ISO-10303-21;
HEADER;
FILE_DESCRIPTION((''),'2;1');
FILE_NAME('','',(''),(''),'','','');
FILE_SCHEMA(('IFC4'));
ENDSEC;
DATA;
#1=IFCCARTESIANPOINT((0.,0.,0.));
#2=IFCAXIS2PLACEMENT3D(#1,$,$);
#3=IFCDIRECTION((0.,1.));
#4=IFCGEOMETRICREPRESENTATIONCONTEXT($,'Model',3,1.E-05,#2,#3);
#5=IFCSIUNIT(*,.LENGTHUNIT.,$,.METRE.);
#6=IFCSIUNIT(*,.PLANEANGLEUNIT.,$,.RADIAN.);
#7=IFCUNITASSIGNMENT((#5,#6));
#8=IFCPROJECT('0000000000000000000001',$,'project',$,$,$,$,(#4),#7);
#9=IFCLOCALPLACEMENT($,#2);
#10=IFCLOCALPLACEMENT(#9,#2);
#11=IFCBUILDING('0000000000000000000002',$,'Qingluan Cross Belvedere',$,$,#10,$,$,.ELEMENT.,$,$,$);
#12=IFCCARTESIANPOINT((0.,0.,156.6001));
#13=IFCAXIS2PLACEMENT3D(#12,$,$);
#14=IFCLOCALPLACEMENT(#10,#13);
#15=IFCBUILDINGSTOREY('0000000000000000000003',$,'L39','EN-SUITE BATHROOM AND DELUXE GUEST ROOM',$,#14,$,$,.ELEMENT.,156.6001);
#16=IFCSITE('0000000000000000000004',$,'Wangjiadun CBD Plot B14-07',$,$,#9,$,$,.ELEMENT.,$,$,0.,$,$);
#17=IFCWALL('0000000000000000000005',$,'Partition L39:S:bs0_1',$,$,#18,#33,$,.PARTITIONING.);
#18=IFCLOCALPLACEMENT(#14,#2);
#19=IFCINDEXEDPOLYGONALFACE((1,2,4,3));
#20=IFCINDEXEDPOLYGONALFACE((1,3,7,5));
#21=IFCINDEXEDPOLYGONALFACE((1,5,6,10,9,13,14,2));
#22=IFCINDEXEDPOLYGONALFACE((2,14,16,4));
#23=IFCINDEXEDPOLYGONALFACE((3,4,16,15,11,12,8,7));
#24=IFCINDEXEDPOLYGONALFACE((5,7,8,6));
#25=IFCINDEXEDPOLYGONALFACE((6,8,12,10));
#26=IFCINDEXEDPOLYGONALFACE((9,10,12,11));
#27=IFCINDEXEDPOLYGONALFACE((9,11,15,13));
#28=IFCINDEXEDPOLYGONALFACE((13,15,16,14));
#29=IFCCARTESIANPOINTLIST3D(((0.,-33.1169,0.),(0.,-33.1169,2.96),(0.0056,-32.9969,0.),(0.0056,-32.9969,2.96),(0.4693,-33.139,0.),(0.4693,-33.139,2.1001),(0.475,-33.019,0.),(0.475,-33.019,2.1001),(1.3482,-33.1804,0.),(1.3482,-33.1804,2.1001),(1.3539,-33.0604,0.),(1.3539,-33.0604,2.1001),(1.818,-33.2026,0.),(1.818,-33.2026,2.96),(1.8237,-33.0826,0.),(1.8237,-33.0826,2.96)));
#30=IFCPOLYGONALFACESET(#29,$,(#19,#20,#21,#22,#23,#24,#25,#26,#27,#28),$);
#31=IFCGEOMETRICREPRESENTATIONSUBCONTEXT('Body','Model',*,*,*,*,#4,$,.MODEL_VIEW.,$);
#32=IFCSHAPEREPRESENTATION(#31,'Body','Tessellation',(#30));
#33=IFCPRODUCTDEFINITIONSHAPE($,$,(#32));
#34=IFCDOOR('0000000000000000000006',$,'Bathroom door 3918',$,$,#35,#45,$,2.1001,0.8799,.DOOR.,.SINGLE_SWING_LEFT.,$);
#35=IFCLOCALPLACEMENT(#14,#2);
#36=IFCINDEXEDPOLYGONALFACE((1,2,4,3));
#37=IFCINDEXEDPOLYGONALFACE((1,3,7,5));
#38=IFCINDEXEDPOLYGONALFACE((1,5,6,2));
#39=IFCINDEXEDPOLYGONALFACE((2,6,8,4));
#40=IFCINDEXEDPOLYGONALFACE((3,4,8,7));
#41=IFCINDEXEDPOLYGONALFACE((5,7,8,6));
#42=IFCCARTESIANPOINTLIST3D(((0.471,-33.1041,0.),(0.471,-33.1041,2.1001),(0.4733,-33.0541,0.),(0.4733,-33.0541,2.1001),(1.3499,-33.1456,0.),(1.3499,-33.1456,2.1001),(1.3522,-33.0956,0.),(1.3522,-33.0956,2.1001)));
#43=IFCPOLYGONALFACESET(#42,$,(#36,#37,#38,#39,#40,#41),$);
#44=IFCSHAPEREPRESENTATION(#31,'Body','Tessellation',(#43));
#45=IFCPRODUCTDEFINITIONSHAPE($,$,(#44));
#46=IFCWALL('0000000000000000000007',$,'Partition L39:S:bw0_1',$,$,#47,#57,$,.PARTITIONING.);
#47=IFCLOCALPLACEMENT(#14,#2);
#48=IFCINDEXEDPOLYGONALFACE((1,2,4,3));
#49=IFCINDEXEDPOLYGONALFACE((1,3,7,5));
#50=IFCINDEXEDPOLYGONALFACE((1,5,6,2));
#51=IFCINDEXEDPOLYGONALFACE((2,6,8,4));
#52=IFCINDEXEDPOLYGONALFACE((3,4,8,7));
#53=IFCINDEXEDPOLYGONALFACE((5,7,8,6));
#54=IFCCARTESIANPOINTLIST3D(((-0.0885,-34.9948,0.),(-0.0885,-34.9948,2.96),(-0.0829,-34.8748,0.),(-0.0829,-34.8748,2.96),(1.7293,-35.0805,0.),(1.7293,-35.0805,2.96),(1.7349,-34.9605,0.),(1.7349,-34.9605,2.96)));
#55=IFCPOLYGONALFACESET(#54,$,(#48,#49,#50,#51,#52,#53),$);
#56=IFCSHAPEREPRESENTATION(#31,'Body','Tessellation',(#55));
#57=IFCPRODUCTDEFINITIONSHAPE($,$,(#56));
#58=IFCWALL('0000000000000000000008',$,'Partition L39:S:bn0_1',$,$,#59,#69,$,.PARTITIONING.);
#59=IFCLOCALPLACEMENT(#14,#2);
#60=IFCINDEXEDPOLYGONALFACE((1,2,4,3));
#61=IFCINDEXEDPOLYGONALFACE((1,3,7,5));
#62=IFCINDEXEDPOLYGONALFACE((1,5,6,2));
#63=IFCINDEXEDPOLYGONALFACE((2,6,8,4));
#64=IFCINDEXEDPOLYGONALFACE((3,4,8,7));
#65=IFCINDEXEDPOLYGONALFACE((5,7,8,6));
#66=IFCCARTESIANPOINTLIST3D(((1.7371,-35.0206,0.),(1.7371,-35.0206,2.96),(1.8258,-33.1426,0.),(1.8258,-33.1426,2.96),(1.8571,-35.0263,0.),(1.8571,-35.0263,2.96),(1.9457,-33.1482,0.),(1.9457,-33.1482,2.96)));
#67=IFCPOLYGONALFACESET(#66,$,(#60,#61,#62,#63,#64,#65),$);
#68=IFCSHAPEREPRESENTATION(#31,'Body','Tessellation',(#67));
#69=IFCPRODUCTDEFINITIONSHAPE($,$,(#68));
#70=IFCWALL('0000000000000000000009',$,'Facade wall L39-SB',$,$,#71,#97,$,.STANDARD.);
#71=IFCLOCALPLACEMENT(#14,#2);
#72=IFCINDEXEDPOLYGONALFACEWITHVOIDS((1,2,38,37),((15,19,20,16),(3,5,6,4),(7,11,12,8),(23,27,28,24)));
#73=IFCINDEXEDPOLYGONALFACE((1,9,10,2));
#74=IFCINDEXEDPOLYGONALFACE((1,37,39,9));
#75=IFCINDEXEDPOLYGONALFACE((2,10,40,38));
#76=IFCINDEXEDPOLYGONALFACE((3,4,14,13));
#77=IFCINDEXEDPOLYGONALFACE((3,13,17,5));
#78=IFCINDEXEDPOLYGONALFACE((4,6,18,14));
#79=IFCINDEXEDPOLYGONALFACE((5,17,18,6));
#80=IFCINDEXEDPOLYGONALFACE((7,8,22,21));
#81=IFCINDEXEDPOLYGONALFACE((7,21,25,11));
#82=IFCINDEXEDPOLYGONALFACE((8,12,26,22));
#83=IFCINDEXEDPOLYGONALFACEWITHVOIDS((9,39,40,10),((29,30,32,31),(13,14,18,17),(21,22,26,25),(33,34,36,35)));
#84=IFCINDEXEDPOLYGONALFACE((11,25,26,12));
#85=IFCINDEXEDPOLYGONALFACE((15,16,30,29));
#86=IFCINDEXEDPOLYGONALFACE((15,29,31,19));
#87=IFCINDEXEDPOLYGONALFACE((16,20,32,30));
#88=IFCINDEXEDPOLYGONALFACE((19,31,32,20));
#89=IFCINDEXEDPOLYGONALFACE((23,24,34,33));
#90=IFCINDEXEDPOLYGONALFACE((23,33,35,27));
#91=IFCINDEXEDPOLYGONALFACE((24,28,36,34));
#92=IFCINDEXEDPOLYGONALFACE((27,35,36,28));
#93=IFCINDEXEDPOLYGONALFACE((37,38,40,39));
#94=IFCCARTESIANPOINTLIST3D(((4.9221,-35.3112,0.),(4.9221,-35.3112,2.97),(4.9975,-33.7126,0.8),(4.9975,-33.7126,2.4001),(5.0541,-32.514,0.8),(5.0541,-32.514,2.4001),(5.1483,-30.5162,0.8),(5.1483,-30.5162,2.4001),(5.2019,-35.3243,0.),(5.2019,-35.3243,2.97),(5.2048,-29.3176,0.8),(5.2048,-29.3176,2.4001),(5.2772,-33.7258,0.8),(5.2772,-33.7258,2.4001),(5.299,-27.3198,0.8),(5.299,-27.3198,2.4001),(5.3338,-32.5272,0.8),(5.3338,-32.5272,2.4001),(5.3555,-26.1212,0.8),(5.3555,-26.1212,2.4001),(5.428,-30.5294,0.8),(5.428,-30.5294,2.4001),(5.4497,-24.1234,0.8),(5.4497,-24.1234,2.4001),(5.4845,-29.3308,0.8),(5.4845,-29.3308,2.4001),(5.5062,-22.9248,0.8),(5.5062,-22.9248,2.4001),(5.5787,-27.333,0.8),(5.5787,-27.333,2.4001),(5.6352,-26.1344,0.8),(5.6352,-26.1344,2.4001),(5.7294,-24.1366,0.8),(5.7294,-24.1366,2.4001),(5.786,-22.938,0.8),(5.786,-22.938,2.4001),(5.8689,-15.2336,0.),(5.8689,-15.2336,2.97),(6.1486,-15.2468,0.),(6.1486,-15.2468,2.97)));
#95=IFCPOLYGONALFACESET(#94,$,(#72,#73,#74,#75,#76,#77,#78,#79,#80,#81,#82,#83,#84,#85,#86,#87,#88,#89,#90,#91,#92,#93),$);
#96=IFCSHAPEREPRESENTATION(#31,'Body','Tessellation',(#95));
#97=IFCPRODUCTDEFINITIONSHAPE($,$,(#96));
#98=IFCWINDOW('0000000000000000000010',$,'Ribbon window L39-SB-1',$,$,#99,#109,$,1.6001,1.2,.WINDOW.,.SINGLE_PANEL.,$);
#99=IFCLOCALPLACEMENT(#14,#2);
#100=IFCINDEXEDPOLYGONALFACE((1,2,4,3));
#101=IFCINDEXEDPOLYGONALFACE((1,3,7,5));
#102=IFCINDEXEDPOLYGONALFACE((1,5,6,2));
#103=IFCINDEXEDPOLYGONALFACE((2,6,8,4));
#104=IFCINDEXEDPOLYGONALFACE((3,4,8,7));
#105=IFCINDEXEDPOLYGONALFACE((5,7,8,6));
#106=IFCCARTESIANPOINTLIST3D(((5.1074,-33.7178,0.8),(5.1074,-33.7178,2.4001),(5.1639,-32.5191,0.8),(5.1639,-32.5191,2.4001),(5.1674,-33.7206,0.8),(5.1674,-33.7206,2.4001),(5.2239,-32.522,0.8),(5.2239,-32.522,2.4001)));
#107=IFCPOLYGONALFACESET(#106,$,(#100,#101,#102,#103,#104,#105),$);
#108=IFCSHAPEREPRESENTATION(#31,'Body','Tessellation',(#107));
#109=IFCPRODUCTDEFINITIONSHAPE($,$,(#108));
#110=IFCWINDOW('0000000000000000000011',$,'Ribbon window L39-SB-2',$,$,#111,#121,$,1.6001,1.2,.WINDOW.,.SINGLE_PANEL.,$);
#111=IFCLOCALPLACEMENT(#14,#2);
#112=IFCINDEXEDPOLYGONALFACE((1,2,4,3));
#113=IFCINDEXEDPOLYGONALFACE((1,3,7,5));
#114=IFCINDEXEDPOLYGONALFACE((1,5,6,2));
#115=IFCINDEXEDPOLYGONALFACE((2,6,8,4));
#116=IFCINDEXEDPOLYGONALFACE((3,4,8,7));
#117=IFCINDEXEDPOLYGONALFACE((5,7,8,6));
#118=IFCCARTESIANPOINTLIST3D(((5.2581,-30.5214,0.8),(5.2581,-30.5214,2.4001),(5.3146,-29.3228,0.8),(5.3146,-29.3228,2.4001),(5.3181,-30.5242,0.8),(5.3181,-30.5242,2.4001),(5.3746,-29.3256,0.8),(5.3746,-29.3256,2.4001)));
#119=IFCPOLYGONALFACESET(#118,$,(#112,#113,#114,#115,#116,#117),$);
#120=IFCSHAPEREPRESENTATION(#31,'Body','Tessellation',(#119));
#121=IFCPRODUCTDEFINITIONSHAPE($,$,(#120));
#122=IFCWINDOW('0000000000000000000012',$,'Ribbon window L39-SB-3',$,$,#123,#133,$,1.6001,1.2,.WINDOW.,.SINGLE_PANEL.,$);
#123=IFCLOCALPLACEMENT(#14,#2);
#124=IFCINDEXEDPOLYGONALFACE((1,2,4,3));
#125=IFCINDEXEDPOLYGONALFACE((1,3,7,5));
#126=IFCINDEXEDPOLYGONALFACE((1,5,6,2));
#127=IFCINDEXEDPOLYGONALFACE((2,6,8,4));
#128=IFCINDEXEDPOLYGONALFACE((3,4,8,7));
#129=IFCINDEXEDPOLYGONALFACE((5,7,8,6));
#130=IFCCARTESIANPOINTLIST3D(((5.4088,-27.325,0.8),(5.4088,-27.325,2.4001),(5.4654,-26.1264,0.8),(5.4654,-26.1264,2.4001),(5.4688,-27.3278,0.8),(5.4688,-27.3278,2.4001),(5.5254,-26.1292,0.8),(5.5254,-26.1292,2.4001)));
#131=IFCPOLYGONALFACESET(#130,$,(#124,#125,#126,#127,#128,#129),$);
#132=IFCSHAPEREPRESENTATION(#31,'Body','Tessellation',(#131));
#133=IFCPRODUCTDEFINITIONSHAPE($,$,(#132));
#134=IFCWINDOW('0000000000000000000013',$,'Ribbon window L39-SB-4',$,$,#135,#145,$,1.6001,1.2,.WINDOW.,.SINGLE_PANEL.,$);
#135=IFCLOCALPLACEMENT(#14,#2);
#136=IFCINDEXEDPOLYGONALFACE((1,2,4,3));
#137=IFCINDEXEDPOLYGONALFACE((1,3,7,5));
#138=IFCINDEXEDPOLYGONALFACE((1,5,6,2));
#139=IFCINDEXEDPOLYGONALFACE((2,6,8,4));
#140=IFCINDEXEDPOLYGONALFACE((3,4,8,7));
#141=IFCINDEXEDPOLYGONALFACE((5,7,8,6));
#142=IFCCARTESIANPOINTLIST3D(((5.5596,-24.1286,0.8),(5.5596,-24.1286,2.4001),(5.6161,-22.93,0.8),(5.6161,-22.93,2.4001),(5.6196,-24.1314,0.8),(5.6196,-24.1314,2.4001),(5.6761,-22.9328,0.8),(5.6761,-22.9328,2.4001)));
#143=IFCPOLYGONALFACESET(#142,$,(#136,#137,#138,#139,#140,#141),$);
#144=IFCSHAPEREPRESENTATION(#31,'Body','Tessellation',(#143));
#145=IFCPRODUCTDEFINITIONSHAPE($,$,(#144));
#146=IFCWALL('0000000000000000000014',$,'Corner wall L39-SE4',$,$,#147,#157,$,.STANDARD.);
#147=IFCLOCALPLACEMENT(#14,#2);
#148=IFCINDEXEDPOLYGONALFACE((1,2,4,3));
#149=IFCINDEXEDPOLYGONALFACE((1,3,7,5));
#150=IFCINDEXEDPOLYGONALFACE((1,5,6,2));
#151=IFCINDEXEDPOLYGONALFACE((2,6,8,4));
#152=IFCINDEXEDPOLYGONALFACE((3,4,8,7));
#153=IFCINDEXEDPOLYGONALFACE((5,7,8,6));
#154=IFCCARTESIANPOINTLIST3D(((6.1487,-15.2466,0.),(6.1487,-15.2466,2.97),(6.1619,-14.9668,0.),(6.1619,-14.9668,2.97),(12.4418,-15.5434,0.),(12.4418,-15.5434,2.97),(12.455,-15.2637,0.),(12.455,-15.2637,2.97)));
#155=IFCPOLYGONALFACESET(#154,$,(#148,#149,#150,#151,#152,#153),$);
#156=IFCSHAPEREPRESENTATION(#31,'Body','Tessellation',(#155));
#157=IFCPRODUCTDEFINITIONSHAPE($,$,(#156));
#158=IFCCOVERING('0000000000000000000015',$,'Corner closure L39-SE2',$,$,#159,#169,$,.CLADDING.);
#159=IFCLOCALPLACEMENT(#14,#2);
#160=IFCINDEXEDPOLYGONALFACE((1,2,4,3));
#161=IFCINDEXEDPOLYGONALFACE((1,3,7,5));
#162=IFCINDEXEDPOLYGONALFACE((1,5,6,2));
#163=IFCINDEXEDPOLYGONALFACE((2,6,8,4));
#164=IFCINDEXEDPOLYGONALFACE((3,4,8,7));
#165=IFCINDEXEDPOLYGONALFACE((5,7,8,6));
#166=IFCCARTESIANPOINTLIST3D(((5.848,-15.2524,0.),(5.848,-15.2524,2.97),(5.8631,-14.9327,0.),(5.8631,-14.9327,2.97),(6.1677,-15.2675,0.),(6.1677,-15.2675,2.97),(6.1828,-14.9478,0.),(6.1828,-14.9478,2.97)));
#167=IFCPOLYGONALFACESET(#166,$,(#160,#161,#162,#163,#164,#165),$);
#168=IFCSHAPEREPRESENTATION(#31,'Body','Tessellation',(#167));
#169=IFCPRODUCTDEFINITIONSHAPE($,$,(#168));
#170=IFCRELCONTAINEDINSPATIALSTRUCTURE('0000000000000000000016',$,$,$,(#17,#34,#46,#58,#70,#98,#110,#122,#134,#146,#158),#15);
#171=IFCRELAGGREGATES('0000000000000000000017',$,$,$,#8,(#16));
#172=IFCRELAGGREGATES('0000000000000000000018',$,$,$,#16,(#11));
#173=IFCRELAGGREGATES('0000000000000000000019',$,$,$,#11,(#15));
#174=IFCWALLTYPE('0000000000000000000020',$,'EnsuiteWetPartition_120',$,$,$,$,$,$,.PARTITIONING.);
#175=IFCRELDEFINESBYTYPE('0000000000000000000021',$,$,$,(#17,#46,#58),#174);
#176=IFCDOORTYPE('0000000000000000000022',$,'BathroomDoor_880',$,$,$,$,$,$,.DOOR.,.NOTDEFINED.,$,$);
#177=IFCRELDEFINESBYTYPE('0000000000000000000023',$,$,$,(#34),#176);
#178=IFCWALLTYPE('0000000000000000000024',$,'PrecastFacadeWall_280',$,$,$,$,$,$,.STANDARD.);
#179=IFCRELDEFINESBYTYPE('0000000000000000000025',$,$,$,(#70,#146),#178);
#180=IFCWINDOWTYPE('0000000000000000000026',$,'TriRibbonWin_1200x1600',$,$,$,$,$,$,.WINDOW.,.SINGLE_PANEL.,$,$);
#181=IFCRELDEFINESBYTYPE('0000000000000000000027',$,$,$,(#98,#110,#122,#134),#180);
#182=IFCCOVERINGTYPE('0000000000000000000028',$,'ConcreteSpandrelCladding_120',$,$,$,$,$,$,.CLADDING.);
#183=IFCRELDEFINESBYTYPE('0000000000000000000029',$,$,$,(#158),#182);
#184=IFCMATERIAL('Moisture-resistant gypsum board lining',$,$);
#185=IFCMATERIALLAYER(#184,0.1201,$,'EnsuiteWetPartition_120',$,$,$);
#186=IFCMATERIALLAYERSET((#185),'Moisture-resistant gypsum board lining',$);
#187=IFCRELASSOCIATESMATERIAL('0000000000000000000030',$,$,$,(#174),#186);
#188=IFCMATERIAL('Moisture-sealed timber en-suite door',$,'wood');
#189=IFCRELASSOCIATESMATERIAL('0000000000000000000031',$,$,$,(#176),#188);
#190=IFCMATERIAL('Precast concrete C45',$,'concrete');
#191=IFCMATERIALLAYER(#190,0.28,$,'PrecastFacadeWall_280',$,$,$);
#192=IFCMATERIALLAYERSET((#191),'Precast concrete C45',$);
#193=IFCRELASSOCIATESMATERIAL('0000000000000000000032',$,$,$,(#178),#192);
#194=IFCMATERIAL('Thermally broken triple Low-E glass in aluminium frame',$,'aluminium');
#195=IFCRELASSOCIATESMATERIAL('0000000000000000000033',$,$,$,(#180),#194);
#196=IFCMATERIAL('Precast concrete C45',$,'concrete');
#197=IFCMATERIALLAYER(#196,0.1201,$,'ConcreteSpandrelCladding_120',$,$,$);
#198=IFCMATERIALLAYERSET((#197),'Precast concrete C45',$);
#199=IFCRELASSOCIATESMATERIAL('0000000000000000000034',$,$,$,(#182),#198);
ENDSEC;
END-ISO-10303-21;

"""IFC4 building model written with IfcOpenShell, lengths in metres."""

from ifc_helpers import new_model, si_unit, direction, frame, frame_2d, origin, origin_2d, place, context, subcontext, project, spatial, rectangle, extrude, material, layer, layer_set, type_object, element, fill, save


model = new_model("IFC4")

# Units and contexts
model_context = context("Model", 3, precision=1e-05, world=origin(), true_north=direction((0.0, 1.0)))
body_context = subcontext(model_context, "Body", "Model", "MODEL_VIEW")
ifc_project = project(units=[si_unit("LENGTHUNIT", "METRE"), si_unit("PLANEANGLEUNIT", "RADIAN")], contexts=[model_context])

# Site, building, storey
site_placement = place(None, origin())
site = spatial("IfcSite", under=ifc_project, at=site_placement, Name="Wangjiadun CBD Plot B14-07", CompositionType="ELEMENT", RefElevation=0.0)
building_placement = place(site_placement, origin())
building = spatial("IfcBuilding", under=site, at=building_placement, Name="Qingluan Cross Belvedere", CompositionType="ELEMENT")
storey_placement = place(building_placement, frame((0.0, 0.0, 156.6001)))
storey = spatial("IfcBuildingStorey", under=building, at=storey_placement, Name="L39", Description="EN-SUITE BATHROOM AND DELUXE GUEST ROOM", CompositionType="ELEMENT", Elevation=156.6001)

# Shared definitions
ifc_material_1 = material(Name="Moisture-resistant gypsum board lining")
ifc_layer_1 = layer(ifc_material_1, 0.1201, Name="EnsuiteWetPartition_120")
ifc_layer_set_1 = layer_set([ifc_layer_1], Name="Moisture-resistant gypsum board lining")
wall_type_1 = type_object("IfcWallType", Name="EnsuiteWetPartition_120", PredefinedType="PARTITIONING", material=ifc_layer_set_1)
ifc_material_2 = material(Name="Moisture-sealed timber en-suite door", Category="wood")
door_type_1 = type_object("IfcDoorType", Name="BathroomDoor_880", OperationType="NOTDEFINED", PredefinedType="DOOR", material=ifc_material_2)

# Wall, opening, door
wall_1_placement = place(storey_placement, frame((0.0027, -33.0569, 0.0), z_axis=(0.0, 0.0, 1.0), x_axis=(0.998891, -0.047081, 0.0)))
wall_1 = element("IfcWall", 1, at=wall_1_placement, inside=storey, type_object=wall_type_1, Name="Partition L39:S:bs0_1", PredefinedType="PARTITIONING", context=body_context, shape_type="SweptSolid", body=[
    extrude(rectangle(XDim=1.8201, YDim=0.1201, at=frame_2d((0.9102, 0.0))), origin(), (0.0, 0.0, 1.0), 2.96),
])
opening_1_placement = place(wall_1_placement, frame((0.47, 0.0, 0.0)))
opening_1 = element("IfcOpeningElement", 2, at=opening_1_placement, cuts=wall_1, PredefinedType="OPENING", context=body_context, shape_type="SweptSolid", body=[
    extrude(rectangle(XDim=0.8799, YDim=2.1001, at=frame_2d((0.4399, 1.05))), frame((0.0, 0.0701, 0.0), z_axis=(0.0, -1.0, 0.0), x_axis=(1.0, 0.0, 0.0)), (0.0, 0.0, 1.0), 0.1401),
])
door_1_placement = place(opening_1_placement, origin())
door_1 = element("IfcDoor", 3, at=door_1_placement, inside=storey, type_object=door_type_1, Name="Bathroom door 3918", OperationType="SINGLE_SWING_LEFT", OverallHeight=2.1001, OverallWidth=0.8799, PredefinedType="DOOR", context=body_context, shape_type="SweptSolid", body=[
    extrude(rectangle(XDim=0.8799, YDim=2.1001, at=frame_2d((0.4399, 1.05))), frame((0.0, 0.0249, 0.0), z_axis=(0.0, -1.0, 0.0), x_axis=(1.0, 0.0, 0.0)), (0.0, 0.0, 1.0), 0.05),
])
fill(opening_1, door_1)

# Walls
wall_2_placement = place(storey_placement, frame((-0.0857, -34.9348, 0.0), z_axis=(0.0, 0.0, 1.0), x_axis=(0.998891, -0.047087, 0.0)))
element("IfcWall", 4, at=wall_2_placement, inside=storey, type_object=wall_type_1, Name="Partition L39:S:bw0_1", PredefinedType="PARTITIONING", context=body_context, shape_type="SweptSolid", body=[
    extrude(rectangle(XDim=1.8198, YDim=0.1201, at=frame_2d((0.9099, 0.0))), origin(), (0.0, 0.0, 1.0), 2.96),
])
wall_3_placement = place(storey_placement, frame((1.8857, -33.1455, 0.0), z_axis=(0.0, 0.0, 1.0), x_axis=(-0.047139, -0.998888, 0.0)))
element("IfcWall", 5, at=wall_3_placement, inside=storey, type_object=wall_type_1, Name="Partition L39:S:bn0_1", PredefinedType="PARTITIONING", context=body_context, shape_type="SweptSolid", body=[
    extrude(rectangle(XDim=1.8801, YDim=0.1201, at=frame_2d((0.9399, 0.0))), origin(), (0.0, 0.0, 1.0), 2.96),
])

# Wall, openings, windows
ifc_material_3 = material(Name="Precast concrete C45", Category="concrete")
ifc_layer_2 = layer(ifc_material_3, 0.28, Name="PrecastFacadeWall_280")
ifc_layer_set_2 = layer_set([ifc_layer_2], Name="Precast concrete C45")
wall_type_2 = type_object("IfcWallType", Name="PrecastFacadeWall_280", PredefinedType="STANDARD", material=ifc_layer_set_2)
wall_4_placement = place(storey_placement, frame((5.062, -35.3176, 0.0), z_axis=(0.0, 0.0, 1.0), x_axis=(0.047103, 0.99889, 0.0)))
wall_4 = element("IfcWall", 6, at=wall_4_placement, inside=storey, type_object=wall_type_2, Name="Facade wall L39-SB", PredefinedType="STANDARD", context=body_context, shape_type="SweptSolid", body=[
    extrude(rectangle(XDim=20.0999, YDim=0.28, at=frame_2d((10.0498, 0.0))), origin(), (0.0, 0.0, 1.0), 2.97),
])
opening_2_placement = place(wall_4_placement, frame((1.6001, 0.0, 0.8)))
opening_2 = element("IfcOpeningElement", 7, at=opening_2_placement, cuts=wall_4, PredefinedType="OPENING", context=body_context, shape_type="SweptSolid", body=[
    extrude(rectangle(XDim=1.2, YDim=1.6001, at=frame_2d((0.6001, 0.8))), frame((0.0, 0.1499, 0.0), z_axis=(0.0, -1.0, 0.0), x_axis=(1.0, 0.0, 0.0)), (0.0, 0.0, 1.0), 0.3),
])
opening_3_placement = place(wall_4_placement, frame((4.8, 0.0, 0.8)))
opening_3 = element("IfcOpeningElement", 8, at=opening_3_placement, cuts=wall_4, PredefinedType="OPENING", context=body_context, shape_type="SweptSolid", body=[
    extrude(rectangle(XDim=1.2, YDim=1.6001, at=frame_2d((0.6001, 0.8))), frame((0.0, 0.1499, 0.0), z_axis=(0.0, -1.0, 0.0), x_axis=(1.0, 0.0, 0.0)), (0.0, 0.0, 1.0), 0.3),
])
opening_4_placement = place(wall_4_placement, frame((8.0, 0.0, 0.8)))
opening_4 = element("IfcOpeningElement", 9, at=opening_4_placement, cuts=wall_4, PredefinedType="OPENING", context=body_context, shape_type="SweptSolid", body=[
    extrude(rectangle(XDim=1.2, YDim=1.6001, at=frame_2d((0.6001, 0.8))), frame((0.0, 0.1499, 0.0), z_axis=(0.0, -1.0, 0.0), x_axis=(1.0, 0.0, 0.0)), (0.0, 0.0, 1.0), 0.3),
])
opening_5_placement = place(wall_4_placement, frame((11.2, 0.0, 0.8)))
opening_5 = element("IfcOpeningElement", 10, at=opening_5_placement, cuts=wall_4, PredefinedType="OPENING", context=body_context, shape_type="SweptSolid", body=[
    extrude(rectangle(XDim=1.2, YDim=1.6001, at=frame_2d((0.6001, 0.8))), frame((0.0, 0.1499, 0.0), z_axis=(0.0, -1.0, 0.0), x_axis=(1.0, 0.0, 0.0)), (0.0, 0.0, 1.0), 0.3),
])
ifc_material_4 = material(Name="Thermally broken triple Low-E glass in aluminium frame", Category="aluminium")
window_type = type_object("IfcWindowType", Name="TriRibbonWin_1200x1600", PartitioningType="SINGLE_PANEL", PredefinedType="WINDOW", material=ifc_material_4)
window_1_placement = place(opening_2_placement, origin())
window_1 = element("IfcWindow", 11, at=window_1_placement, inside=storey, type_object=window_type, Name="Ribbon window L39-SB-1", OverallHeight=1.6001, OverallWidth=1.2, PartitioningType="SINGLE_PANEL", PredefinedType="WINDOW", context=body_context, shape_type="SweptSolid", body=[
    extrude(rectangle(XDim=1.2, YDim=1.6001, at=frame_2d((0.6001, 0.8))), frame((0.0, 0.03, 0.0), z_axis=(0.0, -1.0, 0.0), x_axis=(1.0, 0.0, 0.0)), (0.0, 0.0, 1.0), 0.0601),
])
fill(opening_2, window_1)
window_2_placement = place(opening_3_placement, origin())
window_2 = element("IfcWindow", 12, at=window_2_placement, inside=storey, type_object=window_type, Name="Ribbon window L39-SB-2", OverallHeight=1.6001, OverallWidth=1.2, PartitioningType="SINGLE_PANEL", PredefinedType="WINDOW", context=body_context, shape_type="SweptSolid", body=[
    extrude(rectangle(XDim=1.2, YDim=1.6001, at=frame_2d((0.6001, 0.8))), frame((0.0, 0.03, 0.0), z_axis=(0.0, -1.0, 0.0), x_axis=(1.0, 0.0, 0.0)), (0.0, 0.0, 1.0), 0.0601),
])
fill(opening_3, window_2)
window_3_placement = place(opening_4_placement, origin())
window_3 = element("IfcWindow", 13, at=window_3_placement, inside=storey, type_object=window_type, Name="Ribbon window L39-SB-3", OverallHeight=1.6001, OverallWidth=1.2, PartitioningType="SINGLE_PANEL", PredefinedType="WINDOW", context=body_context, shape_type="SweptSolid", body=[
    extrude(rectangle(XDim=1.2, YDim=1.6001, at=frame_2d((0.6001, 0.8))), frame((0.0, 0.03, 0.0), z_axis=(0.0, -1.0, 0.0), x_axis=(1.0, 0.0, 0.0)), (0.0, 0.0, 1.0), 0.0601),
])
fill(opening_4, window_3)
window_4_placement = place(opening_5_placement, origin())
window_4 = element("IfcWindow", 14, at=window_4_placement, inside=storey, type_object=window_type, Name="Ribbon window L39-SB-4", OverallHeight=1.6001, OverallWidth=1.2, PartitioningType="SINGLE_PANEL", PredefinedType="WINDOW", context=body_context, shape_type="SweptSolid", body=[
    extrude(rectangle(XDim=1.2, YDim=1.6001, at=frame_2d((0.6001, 0.8))), frame((0.0, 0.03, 0.0), z_axis=(0.0, -1.0, 0.0), x_axis=(1.0, 0.0, 0.0)), (0.0, 0.0, 1.0), 0.0601),
])
fill(opening_5, window_4)

# Wall
wall_5_placement = place(storey_placement, frame((12.4482, -15.4036, 0.0), z_axis=(0.0, 0.0, 1.0), x_axis=(-0.998889, 0.047123, 0.0)))
element("IfcWall", 15, at=wall_5_placement, inside=storey, type_object=wall_type_2, Name="Corner wall L39-SE4", PredefinedType="STANDARD", context=body_context, shape_type="SweptSolid", body=[
    extrude(rectangle(XDim=6.3, YDim=0.28, at=frame_2d((3.1499, 0.0))), origin(), (0.0, 0.0, 1.0), 2.97),
])

# Covering
ifc_material_5 = material(Name="Precast concrete C45", Category="concrete")
ifc_layer_3 = layer(ifc_material_5, 0.1201, Name="ConcreteSpandrelCladding_120")
ifc_layer_set_3 = layer_set([ifc_layer_3], Name="Precast concrete C45")
covering_type = type_object("IfcCoveringType", Name="ConcreteSpandrelCladding_120", PredefinedType="CLADDING", material=ifc_layer_set_3)
covering_placement = place(storey_placement, frame((6.0154, -15.1001, 0.0), z_axis=(0.0, 0.0, 1.0), x_axis=(0.99889, -0.047106, 0.0)))
element("IfcCovering", 16, at=covering_placement, inside=storey, type_object=covering_type, Name="Corner closure L39-SE2", PredefinedType="CLADDING", context=body_context, shape_type="SweptSolid", body=[
    extrude(rectangle(XDim=0.3201, YDim=0.3201, at=origin_2d()), origin(), (0.0, 0.0, 1.0), 2.97),
])

save(model, "model.ifc")
